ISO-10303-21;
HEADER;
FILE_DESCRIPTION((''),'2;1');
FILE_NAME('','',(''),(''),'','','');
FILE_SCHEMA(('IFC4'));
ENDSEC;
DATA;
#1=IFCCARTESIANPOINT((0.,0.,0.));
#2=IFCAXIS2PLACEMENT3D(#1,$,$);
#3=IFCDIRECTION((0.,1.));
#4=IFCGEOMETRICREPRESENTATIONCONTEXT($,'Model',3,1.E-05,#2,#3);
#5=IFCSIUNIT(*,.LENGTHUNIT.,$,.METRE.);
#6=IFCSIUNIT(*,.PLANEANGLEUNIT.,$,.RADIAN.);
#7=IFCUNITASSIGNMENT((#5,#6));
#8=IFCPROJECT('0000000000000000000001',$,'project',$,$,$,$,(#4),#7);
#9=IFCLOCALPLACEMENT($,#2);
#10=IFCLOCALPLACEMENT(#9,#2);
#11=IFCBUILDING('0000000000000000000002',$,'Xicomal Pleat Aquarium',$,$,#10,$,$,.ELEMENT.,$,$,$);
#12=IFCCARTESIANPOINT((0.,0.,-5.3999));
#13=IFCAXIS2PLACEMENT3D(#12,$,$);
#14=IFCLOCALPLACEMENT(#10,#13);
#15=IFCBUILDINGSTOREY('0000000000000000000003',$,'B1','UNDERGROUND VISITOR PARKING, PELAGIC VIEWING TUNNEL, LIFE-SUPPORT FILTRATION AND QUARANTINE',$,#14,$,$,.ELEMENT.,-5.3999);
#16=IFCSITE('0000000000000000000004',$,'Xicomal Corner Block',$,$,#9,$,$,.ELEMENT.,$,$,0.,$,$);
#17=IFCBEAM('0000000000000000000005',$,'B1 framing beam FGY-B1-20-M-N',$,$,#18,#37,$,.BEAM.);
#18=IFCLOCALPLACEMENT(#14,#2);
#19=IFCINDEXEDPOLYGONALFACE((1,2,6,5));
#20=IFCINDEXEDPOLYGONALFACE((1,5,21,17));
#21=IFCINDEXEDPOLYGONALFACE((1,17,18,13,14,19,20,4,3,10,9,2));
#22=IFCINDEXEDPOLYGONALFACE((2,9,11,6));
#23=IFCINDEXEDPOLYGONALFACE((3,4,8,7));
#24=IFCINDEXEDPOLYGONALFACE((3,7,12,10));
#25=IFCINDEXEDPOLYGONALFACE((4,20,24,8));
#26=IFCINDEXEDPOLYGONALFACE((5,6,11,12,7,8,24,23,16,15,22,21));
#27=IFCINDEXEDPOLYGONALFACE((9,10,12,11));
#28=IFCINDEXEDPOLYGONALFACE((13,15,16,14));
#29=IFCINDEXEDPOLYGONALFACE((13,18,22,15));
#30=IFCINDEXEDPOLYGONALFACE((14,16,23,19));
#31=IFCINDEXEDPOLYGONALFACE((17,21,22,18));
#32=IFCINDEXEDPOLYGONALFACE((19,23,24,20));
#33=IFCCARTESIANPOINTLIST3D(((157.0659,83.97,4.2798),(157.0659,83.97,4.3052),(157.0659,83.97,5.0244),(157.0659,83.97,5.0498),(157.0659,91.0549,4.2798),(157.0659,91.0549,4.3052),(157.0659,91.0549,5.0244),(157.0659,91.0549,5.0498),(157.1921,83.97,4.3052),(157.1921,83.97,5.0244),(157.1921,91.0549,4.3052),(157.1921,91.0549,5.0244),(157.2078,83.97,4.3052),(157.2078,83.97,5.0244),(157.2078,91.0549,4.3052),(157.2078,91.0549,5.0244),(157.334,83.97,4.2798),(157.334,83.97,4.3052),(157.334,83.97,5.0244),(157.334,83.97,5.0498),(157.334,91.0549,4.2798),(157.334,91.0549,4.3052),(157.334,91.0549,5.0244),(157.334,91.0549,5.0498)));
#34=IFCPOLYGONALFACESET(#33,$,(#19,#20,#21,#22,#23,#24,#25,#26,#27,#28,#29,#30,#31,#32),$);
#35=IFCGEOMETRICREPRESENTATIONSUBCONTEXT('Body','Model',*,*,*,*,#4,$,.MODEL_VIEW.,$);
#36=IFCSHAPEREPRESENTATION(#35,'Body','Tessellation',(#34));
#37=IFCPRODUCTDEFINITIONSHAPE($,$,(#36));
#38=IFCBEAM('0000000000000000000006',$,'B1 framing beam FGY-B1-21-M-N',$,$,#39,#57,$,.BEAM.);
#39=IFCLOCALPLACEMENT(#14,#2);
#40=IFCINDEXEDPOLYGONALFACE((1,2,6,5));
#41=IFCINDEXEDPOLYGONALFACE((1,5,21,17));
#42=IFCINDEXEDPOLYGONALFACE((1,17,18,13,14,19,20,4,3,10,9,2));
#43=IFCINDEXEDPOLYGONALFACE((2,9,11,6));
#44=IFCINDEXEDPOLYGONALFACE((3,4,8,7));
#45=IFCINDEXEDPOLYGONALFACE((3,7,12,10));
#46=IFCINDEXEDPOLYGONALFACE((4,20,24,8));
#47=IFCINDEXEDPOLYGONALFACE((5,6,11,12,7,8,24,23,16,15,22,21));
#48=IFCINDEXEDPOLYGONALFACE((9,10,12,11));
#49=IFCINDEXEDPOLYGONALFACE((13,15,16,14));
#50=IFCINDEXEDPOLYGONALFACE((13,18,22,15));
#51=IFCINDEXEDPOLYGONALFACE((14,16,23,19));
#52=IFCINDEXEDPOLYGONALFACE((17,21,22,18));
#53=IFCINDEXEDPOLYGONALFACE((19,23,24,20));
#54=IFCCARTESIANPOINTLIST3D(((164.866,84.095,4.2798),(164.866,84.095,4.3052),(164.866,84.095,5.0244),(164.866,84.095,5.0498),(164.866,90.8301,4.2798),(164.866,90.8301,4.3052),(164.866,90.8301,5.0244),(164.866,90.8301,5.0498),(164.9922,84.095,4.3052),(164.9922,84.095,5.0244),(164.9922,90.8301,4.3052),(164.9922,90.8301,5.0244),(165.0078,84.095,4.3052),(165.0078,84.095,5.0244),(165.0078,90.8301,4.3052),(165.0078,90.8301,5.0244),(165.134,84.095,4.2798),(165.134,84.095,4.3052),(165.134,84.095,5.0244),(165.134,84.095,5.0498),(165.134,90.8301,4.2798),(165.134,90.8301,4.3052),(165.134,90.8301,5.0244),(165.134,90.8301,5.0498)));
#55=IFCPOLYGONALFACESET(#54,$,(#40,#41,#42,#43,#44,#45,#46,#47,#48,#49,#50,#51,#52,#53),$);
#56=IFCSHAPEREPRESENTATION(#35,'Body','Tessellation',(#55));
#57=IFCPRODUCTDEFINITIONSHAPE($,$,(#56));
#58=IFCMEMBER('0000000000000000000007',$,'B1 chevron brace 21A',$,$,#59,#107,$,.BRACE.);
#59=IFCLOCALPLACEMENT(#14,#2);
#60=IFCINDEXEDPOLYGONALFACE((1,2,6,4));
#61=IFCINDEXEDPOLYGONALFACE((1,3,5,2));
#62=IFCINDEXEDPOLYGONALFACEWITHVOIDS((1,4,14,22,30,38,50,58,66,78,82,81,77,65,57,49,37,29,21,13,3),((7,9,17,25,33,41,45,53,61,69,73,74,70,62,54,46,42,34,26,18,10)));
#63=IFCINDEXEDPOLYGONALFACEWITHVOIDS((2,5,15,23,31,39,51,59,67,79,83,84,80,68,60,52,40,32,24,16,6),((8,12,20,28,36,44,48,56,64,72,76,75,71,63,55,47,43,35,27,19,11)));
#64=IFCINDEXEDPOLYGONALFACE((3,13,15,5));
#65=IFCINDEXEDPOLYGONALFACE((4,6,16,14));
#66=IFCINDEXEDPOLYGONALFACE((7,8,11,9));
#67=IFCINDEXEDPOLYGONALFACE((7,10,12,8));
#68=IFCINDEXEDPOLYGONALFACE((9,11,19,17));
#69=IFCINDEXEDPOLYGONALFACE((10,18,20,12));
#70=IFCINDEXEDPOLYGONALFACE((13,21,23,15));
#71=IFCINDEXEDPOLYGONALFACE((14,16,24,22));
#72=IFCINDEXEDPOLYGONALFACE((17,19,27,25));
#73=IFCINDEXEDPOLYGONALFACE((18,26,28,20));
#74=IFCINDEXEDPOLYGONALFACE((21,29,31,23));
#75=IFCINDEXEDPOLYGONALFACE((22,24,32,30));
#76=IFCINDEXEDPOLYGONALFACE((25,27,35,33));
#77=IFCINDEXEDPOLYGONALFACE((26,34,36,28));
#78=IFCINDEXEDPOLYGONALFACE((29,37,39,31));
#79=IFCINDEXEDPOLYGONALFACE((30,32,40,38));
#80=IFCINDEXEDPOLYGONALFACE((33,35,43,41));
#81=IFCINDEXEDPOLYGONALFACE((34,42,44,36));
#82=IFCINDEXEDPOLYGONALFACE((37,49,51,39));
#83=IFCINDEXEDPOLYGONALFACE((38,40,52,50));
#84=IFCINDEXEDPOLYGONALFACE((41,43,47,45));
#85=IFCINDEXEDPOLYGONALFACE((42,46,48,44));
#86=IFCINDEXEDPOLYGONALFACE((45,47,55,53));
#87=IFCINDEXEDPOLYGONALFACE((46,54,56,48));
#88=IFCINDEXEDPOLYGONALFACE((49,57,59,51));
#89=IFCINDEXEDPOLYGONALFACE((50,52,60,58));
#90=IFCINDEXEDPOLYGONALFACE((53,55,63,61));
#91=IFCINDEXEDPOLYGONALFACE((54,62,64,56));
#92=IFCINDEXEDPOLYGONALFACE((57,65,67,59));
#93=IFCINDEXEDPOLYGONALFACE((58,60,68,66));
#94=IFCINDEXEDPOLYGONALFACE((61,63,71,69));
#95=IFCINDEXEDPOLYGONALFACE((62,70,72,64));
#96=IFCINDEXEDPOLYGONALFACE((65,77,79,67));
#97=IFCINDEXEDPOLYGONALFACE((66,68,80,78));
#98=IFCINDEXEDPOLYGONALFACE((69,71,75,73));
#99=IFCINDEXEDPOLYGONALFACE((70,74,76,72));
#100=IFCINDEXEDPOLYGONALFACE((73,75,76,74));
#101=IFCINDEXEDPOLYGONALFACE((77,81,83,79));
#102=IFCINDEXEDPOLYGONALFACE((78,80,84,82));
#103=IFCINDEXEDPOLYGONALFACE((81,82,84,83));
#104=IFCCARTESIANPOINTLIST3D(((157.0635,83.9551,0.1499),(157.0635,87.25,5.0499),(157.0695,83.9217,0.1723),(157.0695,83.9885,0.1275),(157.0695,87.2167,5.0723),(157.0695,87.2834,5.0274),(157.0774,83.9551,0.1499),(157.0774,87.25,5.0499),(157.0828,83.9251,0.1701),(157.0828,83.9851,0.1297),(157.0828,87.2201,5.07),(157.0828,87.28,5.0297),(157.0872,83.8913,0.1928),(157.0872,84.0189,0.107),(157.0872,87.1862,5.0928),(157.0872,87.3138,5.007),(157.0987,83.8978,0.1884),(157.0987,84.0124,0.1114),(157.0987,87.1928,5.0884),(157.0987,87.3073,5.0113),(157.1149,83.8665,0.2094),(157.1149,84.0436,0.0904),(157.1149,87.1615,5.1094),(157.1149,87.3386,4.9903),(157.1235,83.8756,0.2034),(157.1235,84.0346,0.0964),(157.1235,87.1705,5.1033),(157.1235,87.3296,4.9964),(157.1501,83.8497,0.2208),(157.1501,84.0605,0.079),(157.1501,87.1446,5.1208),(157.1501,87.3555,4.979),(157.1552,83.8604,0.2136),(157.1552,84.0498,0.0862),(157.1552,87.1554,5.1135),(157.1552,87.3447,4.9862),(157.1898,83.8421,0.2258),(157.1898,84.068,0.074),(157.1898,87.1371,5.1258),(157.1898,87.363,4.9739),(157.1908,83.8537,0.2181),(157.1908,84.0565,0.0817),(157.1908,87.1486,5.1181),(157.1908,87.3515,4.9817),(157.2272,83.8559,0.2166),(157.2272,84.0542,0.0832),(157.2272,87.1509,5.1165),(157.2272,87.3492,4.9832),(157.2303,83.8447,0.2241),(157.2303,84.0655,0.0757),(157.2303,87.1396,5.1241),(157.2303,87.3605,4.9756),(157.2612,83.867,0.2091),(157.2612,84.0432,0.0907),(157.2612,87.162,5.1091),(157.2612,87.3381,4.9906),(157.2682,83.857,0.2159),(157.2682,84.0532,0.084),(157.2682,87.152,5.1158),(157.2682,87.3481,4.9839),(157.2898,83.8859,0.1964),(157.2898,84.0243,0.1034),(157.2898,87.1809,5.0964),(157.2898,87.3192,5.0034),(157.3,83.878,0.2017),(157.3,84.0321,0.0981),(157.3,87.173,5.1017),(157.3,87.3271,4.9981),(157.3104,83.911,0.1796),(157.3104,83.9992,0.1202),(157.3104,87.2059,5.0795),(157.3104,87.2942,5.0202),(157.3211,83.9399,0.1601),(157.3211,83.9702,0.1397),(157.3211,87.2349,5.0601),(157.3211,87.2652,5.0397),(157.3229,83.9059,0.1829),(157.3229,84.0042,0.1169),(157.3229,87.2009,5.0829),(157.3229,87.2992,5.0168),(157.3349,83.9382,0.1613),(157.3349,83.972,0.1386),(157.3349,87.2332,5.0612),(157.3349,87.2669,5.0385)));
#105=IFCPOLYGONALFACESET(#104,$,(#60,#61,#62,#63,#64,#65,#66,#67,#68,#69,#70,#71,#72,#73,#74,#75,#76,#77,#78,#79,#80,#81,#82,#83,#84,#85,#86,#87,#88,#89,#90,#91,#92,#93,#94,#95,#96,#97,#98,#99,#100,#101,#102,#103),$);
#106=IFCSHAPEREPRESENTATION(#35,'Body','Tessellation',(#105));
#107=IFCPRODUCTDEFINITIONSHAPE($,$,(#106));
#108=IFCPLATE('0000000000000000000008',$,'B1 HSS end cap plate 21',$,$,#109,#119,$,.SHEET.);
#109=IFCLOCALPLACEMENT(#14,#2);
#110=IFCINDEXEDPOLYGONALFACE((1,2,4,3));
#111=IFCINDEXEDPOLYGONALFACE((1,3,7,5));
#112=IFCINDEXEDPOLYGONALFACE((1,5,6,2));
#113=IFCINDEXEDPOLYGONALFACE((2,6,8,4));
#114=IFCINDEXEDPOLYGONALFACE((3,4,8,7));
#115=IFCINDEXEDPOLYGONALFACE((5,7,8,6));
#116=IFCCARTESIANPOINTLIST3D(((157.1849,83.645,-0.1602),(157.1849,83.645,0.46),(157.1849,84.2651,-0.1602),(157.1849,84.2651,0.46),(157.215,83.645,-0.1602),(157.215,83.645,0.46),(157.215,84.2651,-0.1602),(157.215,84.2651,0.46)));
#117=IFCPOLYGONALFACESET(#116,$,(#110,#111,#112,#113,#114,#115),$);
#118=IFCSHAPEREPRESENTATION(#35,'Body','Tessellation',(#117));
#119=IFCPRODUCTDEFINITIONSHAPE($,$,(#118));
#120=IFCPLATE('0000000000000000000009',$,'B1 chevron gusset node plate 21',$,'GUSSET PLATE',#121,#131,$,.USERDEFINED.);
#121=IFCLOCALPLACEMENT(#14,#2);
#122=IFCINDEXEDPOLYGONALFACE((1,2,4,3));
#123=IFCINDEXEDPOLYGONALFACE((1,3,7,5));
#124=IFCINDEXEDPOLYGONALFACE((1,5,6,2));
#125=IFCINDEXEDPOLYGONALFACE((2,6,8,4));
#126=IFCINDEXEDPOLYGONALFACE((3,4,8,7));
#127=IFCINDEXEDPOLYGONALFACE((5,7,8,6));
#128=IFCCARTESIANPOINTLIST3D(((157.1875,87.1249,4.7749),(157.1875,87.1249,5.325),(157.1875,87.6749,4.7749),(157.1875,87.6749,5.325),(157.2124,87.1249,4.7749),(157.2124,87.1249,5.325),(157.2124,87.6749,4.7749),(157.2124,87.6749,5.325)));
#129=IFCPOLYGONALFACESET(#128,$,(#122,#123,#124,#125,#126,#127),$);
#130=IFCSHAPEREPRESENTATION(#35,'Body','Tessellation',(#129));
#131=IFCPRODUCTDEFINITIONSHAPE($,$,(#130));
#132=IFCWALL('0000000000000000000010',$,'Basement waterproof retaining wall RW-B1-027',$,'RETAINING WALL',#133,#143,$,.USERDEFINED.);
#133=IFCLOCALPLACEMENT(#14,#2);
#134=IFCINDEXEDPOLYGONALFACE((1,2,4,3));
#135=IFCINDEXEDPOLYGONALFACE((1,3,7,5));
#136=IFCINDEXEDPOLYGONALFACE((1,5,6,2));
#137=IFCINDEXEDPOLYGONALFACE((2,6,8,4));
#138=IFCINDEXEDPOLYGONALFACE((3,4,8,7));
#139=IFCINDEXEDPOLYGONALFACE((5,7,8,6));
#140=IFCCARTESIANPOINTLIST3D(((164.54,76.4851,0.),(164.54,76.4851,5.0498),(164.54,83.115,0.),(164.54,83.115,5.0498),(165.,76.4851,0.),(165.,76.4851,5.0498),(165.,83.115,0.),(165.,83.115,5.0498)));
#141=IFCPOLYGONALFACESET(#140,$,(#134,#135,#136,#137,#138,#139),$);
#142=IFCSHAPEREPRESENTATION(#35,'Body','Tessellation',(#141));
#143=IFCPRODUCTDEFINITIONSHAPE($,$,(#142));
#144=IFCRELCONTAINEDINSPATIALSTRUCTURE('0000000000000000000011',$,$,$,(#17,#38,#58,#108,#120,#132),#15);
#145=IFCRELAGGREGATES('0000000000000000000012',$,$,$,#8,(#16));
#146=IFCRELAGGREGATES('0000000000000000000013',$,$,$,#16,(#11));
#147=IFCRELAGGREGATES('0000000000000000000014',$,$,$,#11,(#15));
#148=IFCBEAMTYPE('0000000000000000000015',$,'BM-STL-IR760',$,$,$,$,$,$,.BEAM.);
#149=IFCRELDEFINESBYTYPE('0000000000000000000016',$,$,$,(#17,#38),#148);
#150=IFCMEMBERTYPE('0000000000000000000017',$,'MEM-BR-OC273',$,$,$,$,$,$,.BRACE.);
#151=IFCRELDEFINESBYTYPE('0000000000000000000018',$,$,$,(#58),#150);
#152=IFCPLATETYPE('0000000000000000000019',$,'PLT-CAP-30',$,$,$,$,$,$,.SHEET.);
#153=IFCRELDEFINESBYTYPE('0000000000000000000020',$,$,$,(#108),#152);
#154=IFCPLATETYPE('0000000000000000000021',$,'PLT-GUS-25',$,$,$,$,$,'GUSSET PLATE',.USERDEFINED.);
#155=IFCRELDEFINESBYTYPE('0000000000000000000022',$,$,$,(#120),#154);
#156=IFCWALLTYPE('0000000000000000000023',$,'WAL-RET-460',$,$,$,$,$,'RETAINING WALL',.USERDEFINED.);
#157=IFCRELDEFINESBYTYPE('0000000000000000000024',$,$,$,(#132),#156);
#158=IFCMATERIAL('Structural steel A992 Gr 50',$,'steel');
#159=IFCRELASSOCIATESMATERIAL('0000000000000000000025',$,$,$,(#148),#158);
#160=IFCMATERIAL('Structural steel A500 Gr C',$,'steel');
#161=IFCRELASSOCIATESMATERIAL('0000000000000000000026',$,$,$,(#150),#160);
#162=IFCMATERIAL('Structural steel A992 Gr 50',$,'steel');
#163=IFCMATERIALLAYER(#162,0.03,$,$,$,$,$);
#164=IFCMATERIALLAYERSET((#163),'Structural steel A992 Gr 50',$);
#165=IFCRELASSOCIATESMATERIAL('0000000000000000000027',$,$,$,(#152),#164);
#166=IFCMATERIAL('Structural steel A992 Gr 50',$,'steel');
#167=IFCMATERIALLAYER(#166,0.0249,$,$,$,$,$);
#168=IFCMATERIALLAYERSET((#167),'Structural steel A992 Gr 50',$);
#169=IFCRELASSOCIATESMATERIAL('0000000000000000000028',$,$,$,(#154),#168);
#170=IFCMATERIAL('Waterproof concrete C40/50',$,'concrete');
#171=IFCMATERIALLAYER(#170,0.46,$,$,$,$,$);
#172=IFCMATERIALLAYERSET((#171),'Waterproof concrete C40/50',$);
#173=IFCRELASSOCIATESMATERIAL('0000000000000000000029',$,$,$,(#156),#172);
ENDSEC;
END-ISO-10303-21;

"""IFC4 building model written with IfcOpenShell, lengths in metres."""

from ifc_helpers import new_model, si_unit, direction, frame, frame_2d, origin, origin_2d, place, context, subcontext, project, spatial, rectangle, hollow_circle, i_section, extrude, material, layer, layer_set, material_profile, profile_set, type_object, element, save


model = new_model("IFC4")

# Units and contexts
model_context = context("Model", 3, precision=1e-05, world=origin(), true_north=direction((0.0, 1.0)))
body_context = subcontext(model_context, "Body", "Model", "MODEL_VIEW")
ifc_project = project(units=[si_unit("LENGTHUNIT", "METRE"), si_unit("PLANEANGLEUNIT", "RADIAN")], contexts=[model_context])

# Site, building, storey
site_placement = place(None, origin())
site = spatial("IfcSite", under=ifc_project, at=site_placement, Name="Xicomal Corner Block", CompositionType="ELEMENT", RefElevation=0.0)
building_placement = place(site_placement, origin())
building = spatial("IfcBuilding", under=site, at=building_placement, Name="Xicomal Pleat Aquarium", CompositionType="ELEMENT")
storey_placement = place(building_placement, frame((0.0, 0.0, -5.3999)))
storey = spatial("IfcBuildingStorey", under=building, at=storey_placement, Name="B1", Description="UNDERGROUND VISITOR PARKING, PELAGIC VIEWING TUNNEL, LIFE-SUPPORT FILTRATION AND QUARANTINE", CompositionType="ELEMENT", Elevation=-5.3999)

# Beams
ifc_material_1 = material(Name="Structural steel A992 Gr 50", Category="steel")
ifc_material_profile_1 = material_profile(ifc_material_1, i_section(OverallWidth=0.2681, OverallDepth=0.77, WebThickness=0.0156, FlangeThickness=0.0254, at=origin_2d()), Name="IR 760x196")
ifc_profile_set_1 = profile_set([ifc_material_profile_1], Name="Structural steel A992 Gr 50")
beam_type = type_object("IfcBeamType", Name="BM-STL-IR760", PredefinedType="BEAM", material=ifc_profile_set_1)
beam_1_placement = place(storey_placement, frame((157.2, 83.97, 4.6648), z_axis=(0.0, 1.0, 0.0), x_axis=(-1.0, 0.0, 0.0)))
element("IfcBeam", 1, at=beam_1_placement, inside=storey, type_object=beam_type, Name="B1 framing beam FGY-B1-20-M-N", PredefinedType="BEAM", context=body_context, shape_type="SweptSolid", body=[
    extrude(i_section(OverallWidth=0.2681, OverallDepth=0.77, WebThickness=0.0156, FlangeThickness=0.0254, at=origin_2d()), origin(), (0.0, 0.0, 1.0), 7.085),
])
beam_2_placement = place(storey_placement, frame((165.0, 84.095, 4.6648), z_axis=(0.0, 1.0, 0.0), x_axis=(-1.0, 0.0, 0.0)))
element("IfcBeam", 2, at=beam_2_placement, inside=storey, type_object=beam_type, Name="B1 framing beam FGY-B1-21-M-N", PredefinedType="BEAM", context=body_context, shape_type="SweptSolid", body=[
    extrude(i_section(OverallWidth=0.2681, OverallDepth=0.77, WebThickness=0.0156, FlangeThickness=0.0254, at=origin_2d()), origin(), (0.0, 0.0, 1.0), 6.7351),
])

# Member
ifc_material_2 = material(Name="Structural steel A500 Gr C", Category="steel")
ifc_material_profile_2 = material_profile(ifc_material_2, hollow_circle(Radius=0.1365, WallThickness=0.0139, at=origin_2d()), Name="OC 273x14")
ifc_profile_set_2 = profile_set([ifc_material_profile_2], Name="Structural steel A500 Gr C")
member_type = type_object("IfcMemberType", Name="MEM-BR-OC273", PredefinedType="BRACE", material=ifc_profile_set_2)
member_placement = place(storey_placement, frame((157.2, 83.9551, 0.1499), z_axis=(0.0, 0.558016, 0.82983), x_axis=(-1.0, 0.0, 0.0)))
element("IfcMember", 3, at=member_placement, inside=storey, type_object=member_type, Name="B1 chevron brace 21A", PredefinedType="BRACE", context=body_context, shape_type="SweptSolid", body=[
    extrude(hollow_circle(Radius=0.1365, WallThickness=0.0139, at=origin_2d()), origin(), (0.0, 0.0, 1.0), 5.9048),
])

# Plates
ifc_material_3 = material(Name="Structural steel A992 Gr 50", Category="steel")
ifc_layer_1 = layer(ifc_material_3, 0.03)
ifc_layer_set_1 = layer_set([ifc_layer_1], Name="Structural steel A992 Gr 50")
plate_type_1 = type_object("IfcPlateType", Name="PLT-CAP-30", PredefinedType="SHEET", material=ifc_layer_set_1)
plate_1_placement = place(storey_placement, frame((157.2, 83.9551, -0.1602), z_axis=(0.0, 0.0, 1.0), x_axis=(0.0, 1.0, 0.0)))
element("IfcPlate", 4, at=plate_1_placement, inside=storey, type_object=plate_type_1, Name="B1 HSS end cap plate 21", PredefinedType="SHEET", context=body_context, shape_type="SweptSolid", body=[
    extrude(rectangle(XDim=0.6201, YDim=0.03, at=origin_2d()), origin(), (0.0, 0.0, 1.0), 0.6201),
])
ifc_material_4 = material(Name="Structural steel A992 Gr 50", Category="steel")
ifc_layer_2 = layer(ifc_material_4, 0.0249)
ifc_layer_set_2 = layer_set([ifc_layer_2], Name="Structural steel A992 Gr 50")
plate_type_2 = type_object("IfcPlateType", Name="PLT-GUS-25", ElementType="GUSSET PLATE", PredefinedType="USERDEFINED", material=ifc_layer_set_2)
plate_2_placement = place(storey_placement, frame((157.2, 87.3999, 4.7749), z_axis=(0.0, 0.0, 1.0), x_axis=(0.0, 1.0, 0.0)))
element("IfcPlate", 5, at=plate_2_placement, inside=storey, type_object=plate_type_2, Name="B1 chevron gusset node plate 21", ObjectType="GUSSET PLATE", PredefinedType="USERDEFINED", context=body_context, shape_type="SweptSolid", body=[
    extrude(rectangle(XDim=0.55, YDim=0.0249, at=origin_2d()), origin(), (0.0, 0.0, 1.0), 0.55),
])

# Wall
ifc_material_5 = material(Name="Waterproof concrete C40/50", Category="concrete")
ifc_layer_3 = layer(ifc_material_5, 0.46)
ifc_layer_set_3 = layer_set([ifc_layer_3], Name="Waterproof concrete C40/50")
wall_type = type_object("IfcWallType", Name="WAL-RET-460", ElementType="RETAINING WALL", PredefinedType="USERDEFINED", material=ifc_layer_set_3)
wall_placement = place(storey_placement, frame((164.77, 83.115, 0.0), z_axis=(0.0, 0.0, 1.0), x_axis=(0.0, -1.0, 0.0)))
element("IfcWall", 6, at=wall_placement, inside=storey, type_object=wall_type, Name="Basement waterproof retaining wall RW-B1-027", ObjectType="RETAINING WALL", PredefinedType="USERDEFINED", context=body_context, shape_type="SweptSolid", body=[
    extrude(rectangle(XDim=6.6299, YDim=0.46, at=frame_2d((3.3149, 0.0))), origin(), (0.0, 0.0, 1.0), 5.0498),
])

save(model, "model.ifc")
